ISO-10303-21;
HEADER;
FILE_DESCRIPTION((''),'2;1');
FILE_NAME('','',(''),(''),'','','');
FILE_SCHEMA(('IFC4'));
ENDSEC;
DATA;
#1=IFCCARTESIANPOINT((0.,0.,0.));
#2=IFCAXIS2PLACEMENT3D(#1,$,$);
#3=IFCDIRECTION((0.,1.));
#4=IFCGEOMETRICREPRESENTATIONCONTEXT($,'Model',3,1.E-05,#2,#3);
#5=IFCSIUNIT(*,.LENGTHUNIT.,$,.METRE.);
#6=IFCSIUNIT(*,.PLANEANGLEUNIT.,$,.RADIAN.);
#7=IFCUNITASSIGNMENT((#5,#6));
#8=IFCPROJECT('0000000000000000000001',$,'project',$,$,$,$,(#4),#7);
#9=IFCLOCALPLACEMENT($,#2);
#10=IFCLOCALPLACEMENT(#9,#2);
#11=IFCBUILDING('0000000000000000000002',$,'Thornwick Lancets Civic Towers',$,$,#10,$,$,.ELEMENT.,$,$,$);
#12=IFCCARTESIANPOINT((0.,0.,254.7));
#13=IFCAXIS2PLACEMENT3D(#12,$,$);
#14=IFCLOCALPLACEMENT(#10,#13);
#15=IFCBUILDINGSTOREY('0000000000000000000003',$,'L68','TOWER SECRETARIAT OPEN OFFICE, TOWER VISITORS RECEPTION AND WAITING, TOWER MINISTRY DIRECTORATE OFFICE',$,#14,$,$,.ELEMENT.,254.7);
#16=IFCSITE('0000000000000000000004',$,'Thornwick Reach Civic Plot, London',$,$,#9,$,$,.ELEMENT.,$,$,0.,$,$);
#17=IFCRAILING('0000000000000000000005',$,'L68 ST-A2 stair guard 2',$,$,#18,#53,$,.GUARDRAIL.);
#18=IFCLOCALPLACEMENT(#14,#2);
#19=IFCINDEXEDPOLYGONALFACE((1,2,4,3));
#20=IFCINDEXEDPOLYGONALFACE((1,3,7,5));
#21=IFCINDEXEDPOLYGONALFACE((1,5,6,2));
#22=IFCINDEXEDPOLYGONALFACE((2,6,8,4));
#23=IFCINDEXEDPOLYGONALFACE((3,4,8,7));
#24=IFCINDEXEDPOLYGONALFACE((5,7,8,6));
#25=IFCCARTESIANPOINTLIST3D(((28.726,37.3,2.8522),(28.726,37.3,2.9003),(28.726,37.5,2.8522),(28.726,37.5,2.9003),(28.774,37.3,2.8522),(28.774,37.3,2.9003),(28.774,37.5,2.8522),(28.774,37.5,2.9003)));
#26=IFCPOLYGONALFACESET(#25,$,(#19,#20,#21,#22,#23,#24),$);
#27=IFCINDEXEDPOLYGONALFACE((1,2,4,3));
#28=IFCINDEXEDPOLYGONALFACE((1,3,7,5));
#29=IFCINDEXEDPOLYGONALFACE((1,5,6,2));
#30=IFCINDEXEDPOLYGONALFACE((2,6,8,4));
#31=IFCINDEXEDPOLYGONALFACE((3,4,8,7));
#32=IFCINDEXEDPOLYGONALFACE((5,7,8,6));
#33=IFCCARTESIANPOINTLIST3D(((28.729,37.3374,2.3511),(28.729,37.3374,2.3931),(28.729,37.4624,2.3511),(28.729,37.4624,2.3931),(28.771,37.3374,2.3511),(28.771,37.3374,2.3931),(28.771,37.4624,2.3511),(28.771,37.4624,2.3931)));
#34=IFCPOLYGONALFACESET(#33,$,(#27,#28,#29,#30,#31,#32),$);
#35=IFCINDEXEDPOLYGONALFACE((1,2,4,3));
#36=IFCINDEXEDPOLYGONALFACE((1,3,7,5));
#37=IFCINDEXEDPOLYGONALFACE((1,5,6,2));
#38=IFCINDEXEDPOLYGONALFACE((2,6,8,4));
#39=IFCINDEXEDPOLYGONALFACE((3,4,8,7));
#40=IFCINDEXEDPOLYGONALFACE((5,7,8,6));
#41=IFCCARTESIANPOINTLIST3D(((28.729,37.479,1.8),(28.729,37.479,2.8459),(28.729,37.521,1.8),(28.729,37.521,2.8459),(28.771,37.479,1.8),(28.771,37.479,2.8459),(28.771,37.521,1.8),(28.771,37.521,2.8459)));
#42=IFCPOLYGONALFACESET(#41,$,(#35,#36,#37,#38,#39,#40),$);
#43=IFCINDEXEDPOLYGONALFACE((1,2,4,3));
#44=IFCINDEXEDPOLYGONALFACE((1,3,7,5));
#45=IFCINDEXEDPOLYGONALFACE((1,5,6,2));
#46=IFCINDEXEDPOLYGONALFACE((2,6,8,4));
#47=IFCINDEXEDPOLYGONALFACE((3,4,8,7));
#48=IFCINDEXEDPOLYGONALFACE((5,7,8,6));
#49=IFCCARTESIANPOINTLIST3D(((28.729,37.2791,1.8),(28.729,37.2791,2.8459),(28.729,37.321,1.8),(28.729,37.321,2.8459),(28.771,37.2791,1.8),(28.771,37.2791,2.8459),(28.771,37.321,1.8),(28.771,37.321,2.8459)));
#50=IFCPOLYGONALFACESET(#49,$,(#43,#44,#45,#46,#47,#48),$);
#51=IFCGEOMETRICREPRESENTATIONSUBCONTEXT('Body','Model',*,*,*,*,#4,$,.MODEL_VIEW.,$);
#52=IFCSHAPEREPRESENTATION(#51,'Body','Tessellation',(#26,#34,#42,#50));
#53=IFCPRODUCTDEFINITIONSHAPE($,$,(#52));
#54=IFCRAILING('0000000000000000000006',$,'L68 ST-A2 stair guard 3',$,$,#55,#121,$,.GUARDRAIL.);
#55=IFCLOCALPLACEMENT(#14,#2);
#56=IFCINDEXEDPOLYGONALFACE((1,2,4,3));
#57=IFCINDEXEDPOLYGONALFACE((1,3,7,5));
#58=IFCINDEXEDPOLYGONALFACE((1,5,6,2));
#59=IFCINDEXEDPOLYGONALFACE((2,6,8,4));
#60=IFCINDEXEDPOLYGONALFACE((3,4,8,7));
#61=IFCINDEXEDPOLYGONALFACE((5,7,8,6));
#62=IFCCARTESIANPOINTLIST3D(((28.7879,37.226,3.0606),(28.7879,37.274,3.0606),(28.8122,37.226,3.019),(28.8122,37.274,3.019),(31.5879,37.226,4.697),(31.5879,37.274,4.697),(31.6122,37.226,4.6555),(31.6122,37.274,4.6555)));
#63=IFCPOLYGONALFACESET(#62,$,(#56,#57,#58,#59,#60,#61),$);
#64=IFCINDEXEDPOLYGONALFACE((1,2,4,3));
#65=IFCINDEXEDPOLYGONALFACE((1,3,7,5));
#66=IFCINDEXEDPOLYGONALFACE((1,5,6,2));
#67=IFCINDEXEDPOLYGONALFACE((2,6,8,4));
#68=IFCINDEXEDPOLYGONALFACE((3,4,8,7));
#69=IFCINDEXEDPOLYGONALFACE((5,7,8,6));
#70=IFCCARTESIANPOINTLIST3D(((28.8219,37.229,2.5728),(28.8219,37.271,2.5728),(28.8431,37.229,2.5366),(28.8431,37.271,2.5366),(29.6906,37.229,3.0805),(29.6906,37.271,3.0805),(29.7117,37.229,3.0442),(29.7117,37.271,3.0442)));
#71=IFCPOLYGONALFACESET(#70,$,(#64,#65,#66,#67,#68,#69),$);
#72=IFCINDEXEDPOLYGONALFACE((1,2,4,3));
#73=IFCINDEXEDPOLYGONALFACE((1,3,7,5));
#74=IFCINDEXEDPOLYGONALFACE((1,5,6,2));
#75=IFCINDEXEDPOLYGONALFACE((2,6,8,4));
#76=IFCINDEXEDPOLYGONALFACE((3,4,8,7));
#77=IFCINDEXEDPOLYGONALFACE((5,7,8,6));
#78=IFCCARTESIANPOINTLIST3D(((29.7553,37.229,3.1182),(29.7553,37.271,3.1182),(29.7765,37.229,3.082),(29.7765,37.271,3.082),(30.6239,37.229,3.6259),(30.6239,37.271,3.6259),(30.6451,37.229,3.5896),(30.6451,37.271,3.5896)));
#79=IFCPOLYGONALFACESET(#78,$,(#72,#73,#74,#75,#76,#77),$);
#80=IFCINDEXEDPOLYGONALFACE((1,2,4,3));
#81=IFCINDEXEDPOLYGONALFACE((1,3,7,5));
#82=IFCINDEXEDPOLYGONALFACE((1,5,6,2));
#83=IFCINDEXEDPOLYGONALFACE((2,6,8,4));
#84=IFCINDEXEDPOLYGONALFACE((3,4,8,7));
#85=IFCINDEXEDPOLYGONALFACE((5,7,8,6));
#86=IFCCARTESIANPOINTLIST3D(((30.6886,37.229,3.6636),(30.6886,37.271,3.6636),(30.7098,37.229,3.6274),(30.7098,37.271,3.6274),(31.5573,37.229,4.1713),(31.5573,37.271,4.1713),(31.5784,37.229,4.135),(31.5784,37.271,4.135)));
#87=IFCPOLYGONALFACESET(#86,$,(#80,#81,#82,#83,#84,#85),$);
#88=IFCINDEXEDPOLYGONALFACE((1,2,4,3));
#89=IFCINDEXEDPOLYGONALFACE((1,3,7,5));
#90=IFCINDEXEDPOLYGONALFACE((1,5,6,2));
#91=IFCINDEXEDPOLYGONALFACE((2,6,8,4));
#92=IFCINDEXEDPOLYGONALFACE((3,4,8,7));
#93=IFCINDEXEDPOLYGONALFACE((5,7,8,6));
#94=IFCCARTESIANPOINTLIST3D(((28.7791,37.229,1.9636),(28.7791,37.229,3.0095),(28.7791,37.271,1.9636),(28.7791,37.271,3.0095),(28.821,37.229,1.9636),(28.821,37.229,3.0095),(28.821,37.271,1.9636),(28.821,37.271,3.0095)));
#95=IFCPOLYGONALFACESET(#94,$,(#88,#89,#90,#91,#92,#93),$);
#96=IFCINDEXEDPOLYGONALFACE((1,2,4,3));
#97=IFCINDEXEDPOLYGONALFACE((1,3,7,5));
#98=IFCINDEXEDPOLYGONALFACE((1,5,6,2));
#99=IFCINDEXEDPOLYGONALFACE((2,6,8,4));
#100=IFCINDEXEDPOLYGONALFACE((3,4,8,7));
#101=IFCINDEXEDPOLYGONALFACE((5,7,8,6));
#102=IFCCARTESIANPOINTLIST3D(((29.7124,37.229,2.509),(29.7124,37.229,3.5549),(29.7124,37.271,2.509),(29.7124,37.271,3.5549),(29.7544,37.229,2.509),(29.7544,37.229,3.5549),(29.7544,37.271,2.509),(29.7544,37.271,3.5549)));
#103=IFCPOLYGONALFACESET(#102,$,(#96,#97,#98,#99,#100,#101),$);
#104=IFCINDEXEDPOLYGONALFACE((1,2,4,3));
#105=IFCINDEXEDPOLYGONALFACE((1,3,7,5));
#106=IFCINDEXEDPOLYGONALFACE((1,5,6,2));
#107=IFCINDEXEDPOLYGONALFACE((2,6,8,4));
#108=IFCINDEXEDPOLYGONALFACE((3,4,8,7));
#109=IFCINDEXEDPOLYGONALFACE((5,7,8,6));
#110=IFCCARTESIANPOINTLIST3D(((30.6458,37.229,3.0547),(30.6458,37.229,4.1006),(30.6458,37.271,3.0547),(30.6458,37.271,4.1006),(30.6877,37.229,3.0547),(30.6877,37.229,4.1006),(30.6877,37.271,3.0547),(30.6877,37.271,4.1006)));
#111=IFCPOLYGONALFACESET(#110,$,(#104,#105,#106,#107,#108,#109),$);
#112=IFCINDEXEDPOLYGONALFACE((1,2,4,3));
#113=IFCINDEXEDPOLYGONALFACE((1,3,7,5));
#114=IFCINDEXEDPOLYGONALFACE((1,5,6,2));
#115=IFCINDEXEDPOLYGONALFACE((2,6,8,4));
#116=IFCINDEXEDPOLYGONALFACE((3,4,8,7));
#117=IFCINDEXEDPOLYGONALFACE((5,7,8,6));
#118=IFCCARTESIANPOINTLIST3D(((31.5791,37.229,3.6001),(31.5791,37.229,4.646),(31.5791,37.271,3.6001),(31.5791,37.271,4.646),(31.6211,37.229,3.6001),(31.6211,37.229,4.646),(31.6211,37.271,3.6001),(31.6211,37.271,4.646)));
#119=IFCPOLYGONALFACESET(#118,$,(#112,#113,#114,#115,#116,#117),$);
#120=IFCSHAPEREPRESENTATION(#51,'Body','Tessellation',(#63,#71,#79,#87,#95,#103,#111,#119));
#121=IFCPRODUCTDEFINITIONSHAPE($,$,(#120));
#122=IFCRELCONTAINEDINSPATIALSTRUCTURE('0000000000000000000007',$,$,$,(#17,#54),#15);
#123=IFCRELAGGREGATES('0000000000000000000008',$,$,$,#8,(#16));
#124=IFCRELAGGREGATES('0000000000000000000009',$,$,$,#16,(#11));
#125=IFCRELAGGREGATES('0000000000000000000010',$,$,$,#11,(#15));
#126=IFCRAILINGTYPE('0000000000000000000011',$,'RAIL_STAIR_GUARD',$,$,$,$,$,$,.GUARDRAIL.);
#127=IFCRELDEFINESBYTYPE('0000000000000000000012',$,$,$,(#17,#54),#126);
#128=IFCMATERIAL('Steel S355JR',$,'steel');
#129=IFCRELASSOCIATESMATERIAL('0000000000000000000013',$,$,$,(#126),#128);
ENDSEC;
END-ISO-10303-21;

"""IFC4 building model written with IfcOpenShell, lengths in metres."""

from ifc_helpers import new_model, si_unit, direction, frame, origin, origin_2d, place, context, subcontext, project, spatial, rectangle, extrude, material, type_object, element, save


model = new_model("IFC4")

# Units and contexts
model_context = context("Model", 3, precision=1e-05, world=origin(), true_north=direction((0.0, 1.0)))
body_context = subcontext(model_context, "Body", "Model", "MODEL_VIEW")
ifc_project = project(units=[si_unit("LENGTHUNIT", "METRE"), si_unit("PLANEANGLEUNIT", "RADIAN")], contexts=[model_context])

# Site, building, storey
site_placement = place(None, origin())
site = spatial("IfcSite", under=ifc_project, at=site_placement, Name="Thornwick Reach Civic Plot, London", CompositionType="ELEMENT", RefElevation=0.0)
building_placement = place(site_placement, origin())
building = spatial("IfcBuilding", under=site, at=building_placement, Name="Thornwick Lancets Civic Towers", CompositionType="ELEMENT")
storey_placement = place(building_placement, frame((0.0, 0.0, 254.7)))
storey = spatial("IfcBuildingStorey", under=building, at=storey_placement, Name="L68", Description="TOWER SECRETARIAT OPEN OFFICE, TOWER VISITORS RECEPTION AND WAITING, TOWER MINISTRY DIRECTORATE OFFICE", CompositionType="ELEMENT", Elevation=254.7)

# Shared definitions
ifc_material_1 = material(Name="Steel S355JR", Category="steel")

# Railings
railing_type_1 = type_object("IfcRailingType", Name="RAIL_STAIR_GUARD", PredefinedType="GUARDRAIL", material=ifc_material_1)
railing_1_placement = place(storey_placement, frame((28.75, 37.5, 1.8)))
element("IfcRailing", 1, at=railing_1_placement, inside=storey, type_object=railing_type_1, Name="L68 ST-A2 stair guard 2", PredefinedType="GUARDRAIL", context=body_context, shape_type="SweptSolid", body=[
    extrude(rectangle(XDim=0.0481, YDim=0.0481, at=origin_2d()), frame((0.0, 0.0, 1.0762), z_axis=(0.0, -1.0, 0.0), x_axis=(1.0, 0.0, 0.0)), (0.0, 0.0, 1.0), 0.2),
    extrude(rectangle(XDim=0.042, YDim=0.042, at=origin_2d()), frame((0.0, -0.0376, 0.572), z_axis=(0.0, -1.0, 0.0), x_axis=(1.0, 0.0, 0.0)), (0.0, 0.0, 1.0), 0.125),
    extrude(rectangle(XDim=0.042, YDim=0.042, at=origin_2d()), origin(), (0.0, 0.0, 1.0), 1.0459),
    extrude(rectangle(XDim=0.042, YDim=0.042, at=origin_2d()), frame((0.0, -0.2, 0.0)), (0.0, 0.0, 1.0), 1.0459),
])
railing_2_placement = place(storey_placement, frame((28.8, 37.25, 1.9636)))
element("IfcRailing", 2, at=railing_2_placement, inside=storey, type_object=railing_type_1, Name="L68 ST-A2 stair guard 3", PredefinedType="GUARDRAIL", context=body_context, shape_type="SweptSolid", body=[
    extrude(rectangle(XDim=0.0481, YDim=0.0481, at=origin_2d()), frame((0.0, 0.0, 1.0762), z_axis=(0.863361, 0.0, 0.504587), x_axis=(0.0, 1.0, 0.0)), (0.0, 0.0, 1.0), 3.2432),
    extrude(rectangle(XDim=0.042, YDim=0.042, at=origin_2d()), frame((0.0325, 0.0, 0.5911), z_axis=(0.863361, 0.0, 0.504587), x_axis=(0.0, 1.0, 0.0)), (0.0, 0.0, 1.0), 1.0061),
    extrude(rectangle(XDim=0.042, YDim=0.042, at=origin_2d()), frame((0.9658, 0.0, 1.1365), z_axis=(0.863361, 0.0, 0.504587), x_axis=(0.0, 1.0, 0.0)), (0.0, 0.0, 1.0), 1.0061),
    extrude(rectangle(XDim=0.042, YDim=0.042, at=origin_2d()), frame((1.8992, 0.0, 1.6819), z_axis=(0.863361, 0.0, 0.504587), x_axis=(0.0, 1.0, 0.0)), (0.0, 0.0, 1.0), 1.0061),
    extrude(rectangle(XDim=0.042, YDim=0.042, at=origin_2d()), origin(), (0.0, 0.0, 1.0), 1.0459),
    extrude(rectangle(XDim=0.042, YDim=0.042, at=origin_2d()), frame((0.9333, 0.0, 0.5454)), (0.0, 0.0, 1.0), 1.0459),
    extrude(rectangle(XDim=0.042, YDim=0.042, at=origin_2d()), frame((1.8667, 0.0, 1.0911)), (0.0, 0.0, 1.0), 1.0459),
    extrude(rectangle(XDim=0.042, YDim=0.042, at=origin_2d()), frame((2.8, 0.0, 1.6365)), (0.0, 0.0, 1.0), 1.0459),
])

save(model, "model.ifc")
